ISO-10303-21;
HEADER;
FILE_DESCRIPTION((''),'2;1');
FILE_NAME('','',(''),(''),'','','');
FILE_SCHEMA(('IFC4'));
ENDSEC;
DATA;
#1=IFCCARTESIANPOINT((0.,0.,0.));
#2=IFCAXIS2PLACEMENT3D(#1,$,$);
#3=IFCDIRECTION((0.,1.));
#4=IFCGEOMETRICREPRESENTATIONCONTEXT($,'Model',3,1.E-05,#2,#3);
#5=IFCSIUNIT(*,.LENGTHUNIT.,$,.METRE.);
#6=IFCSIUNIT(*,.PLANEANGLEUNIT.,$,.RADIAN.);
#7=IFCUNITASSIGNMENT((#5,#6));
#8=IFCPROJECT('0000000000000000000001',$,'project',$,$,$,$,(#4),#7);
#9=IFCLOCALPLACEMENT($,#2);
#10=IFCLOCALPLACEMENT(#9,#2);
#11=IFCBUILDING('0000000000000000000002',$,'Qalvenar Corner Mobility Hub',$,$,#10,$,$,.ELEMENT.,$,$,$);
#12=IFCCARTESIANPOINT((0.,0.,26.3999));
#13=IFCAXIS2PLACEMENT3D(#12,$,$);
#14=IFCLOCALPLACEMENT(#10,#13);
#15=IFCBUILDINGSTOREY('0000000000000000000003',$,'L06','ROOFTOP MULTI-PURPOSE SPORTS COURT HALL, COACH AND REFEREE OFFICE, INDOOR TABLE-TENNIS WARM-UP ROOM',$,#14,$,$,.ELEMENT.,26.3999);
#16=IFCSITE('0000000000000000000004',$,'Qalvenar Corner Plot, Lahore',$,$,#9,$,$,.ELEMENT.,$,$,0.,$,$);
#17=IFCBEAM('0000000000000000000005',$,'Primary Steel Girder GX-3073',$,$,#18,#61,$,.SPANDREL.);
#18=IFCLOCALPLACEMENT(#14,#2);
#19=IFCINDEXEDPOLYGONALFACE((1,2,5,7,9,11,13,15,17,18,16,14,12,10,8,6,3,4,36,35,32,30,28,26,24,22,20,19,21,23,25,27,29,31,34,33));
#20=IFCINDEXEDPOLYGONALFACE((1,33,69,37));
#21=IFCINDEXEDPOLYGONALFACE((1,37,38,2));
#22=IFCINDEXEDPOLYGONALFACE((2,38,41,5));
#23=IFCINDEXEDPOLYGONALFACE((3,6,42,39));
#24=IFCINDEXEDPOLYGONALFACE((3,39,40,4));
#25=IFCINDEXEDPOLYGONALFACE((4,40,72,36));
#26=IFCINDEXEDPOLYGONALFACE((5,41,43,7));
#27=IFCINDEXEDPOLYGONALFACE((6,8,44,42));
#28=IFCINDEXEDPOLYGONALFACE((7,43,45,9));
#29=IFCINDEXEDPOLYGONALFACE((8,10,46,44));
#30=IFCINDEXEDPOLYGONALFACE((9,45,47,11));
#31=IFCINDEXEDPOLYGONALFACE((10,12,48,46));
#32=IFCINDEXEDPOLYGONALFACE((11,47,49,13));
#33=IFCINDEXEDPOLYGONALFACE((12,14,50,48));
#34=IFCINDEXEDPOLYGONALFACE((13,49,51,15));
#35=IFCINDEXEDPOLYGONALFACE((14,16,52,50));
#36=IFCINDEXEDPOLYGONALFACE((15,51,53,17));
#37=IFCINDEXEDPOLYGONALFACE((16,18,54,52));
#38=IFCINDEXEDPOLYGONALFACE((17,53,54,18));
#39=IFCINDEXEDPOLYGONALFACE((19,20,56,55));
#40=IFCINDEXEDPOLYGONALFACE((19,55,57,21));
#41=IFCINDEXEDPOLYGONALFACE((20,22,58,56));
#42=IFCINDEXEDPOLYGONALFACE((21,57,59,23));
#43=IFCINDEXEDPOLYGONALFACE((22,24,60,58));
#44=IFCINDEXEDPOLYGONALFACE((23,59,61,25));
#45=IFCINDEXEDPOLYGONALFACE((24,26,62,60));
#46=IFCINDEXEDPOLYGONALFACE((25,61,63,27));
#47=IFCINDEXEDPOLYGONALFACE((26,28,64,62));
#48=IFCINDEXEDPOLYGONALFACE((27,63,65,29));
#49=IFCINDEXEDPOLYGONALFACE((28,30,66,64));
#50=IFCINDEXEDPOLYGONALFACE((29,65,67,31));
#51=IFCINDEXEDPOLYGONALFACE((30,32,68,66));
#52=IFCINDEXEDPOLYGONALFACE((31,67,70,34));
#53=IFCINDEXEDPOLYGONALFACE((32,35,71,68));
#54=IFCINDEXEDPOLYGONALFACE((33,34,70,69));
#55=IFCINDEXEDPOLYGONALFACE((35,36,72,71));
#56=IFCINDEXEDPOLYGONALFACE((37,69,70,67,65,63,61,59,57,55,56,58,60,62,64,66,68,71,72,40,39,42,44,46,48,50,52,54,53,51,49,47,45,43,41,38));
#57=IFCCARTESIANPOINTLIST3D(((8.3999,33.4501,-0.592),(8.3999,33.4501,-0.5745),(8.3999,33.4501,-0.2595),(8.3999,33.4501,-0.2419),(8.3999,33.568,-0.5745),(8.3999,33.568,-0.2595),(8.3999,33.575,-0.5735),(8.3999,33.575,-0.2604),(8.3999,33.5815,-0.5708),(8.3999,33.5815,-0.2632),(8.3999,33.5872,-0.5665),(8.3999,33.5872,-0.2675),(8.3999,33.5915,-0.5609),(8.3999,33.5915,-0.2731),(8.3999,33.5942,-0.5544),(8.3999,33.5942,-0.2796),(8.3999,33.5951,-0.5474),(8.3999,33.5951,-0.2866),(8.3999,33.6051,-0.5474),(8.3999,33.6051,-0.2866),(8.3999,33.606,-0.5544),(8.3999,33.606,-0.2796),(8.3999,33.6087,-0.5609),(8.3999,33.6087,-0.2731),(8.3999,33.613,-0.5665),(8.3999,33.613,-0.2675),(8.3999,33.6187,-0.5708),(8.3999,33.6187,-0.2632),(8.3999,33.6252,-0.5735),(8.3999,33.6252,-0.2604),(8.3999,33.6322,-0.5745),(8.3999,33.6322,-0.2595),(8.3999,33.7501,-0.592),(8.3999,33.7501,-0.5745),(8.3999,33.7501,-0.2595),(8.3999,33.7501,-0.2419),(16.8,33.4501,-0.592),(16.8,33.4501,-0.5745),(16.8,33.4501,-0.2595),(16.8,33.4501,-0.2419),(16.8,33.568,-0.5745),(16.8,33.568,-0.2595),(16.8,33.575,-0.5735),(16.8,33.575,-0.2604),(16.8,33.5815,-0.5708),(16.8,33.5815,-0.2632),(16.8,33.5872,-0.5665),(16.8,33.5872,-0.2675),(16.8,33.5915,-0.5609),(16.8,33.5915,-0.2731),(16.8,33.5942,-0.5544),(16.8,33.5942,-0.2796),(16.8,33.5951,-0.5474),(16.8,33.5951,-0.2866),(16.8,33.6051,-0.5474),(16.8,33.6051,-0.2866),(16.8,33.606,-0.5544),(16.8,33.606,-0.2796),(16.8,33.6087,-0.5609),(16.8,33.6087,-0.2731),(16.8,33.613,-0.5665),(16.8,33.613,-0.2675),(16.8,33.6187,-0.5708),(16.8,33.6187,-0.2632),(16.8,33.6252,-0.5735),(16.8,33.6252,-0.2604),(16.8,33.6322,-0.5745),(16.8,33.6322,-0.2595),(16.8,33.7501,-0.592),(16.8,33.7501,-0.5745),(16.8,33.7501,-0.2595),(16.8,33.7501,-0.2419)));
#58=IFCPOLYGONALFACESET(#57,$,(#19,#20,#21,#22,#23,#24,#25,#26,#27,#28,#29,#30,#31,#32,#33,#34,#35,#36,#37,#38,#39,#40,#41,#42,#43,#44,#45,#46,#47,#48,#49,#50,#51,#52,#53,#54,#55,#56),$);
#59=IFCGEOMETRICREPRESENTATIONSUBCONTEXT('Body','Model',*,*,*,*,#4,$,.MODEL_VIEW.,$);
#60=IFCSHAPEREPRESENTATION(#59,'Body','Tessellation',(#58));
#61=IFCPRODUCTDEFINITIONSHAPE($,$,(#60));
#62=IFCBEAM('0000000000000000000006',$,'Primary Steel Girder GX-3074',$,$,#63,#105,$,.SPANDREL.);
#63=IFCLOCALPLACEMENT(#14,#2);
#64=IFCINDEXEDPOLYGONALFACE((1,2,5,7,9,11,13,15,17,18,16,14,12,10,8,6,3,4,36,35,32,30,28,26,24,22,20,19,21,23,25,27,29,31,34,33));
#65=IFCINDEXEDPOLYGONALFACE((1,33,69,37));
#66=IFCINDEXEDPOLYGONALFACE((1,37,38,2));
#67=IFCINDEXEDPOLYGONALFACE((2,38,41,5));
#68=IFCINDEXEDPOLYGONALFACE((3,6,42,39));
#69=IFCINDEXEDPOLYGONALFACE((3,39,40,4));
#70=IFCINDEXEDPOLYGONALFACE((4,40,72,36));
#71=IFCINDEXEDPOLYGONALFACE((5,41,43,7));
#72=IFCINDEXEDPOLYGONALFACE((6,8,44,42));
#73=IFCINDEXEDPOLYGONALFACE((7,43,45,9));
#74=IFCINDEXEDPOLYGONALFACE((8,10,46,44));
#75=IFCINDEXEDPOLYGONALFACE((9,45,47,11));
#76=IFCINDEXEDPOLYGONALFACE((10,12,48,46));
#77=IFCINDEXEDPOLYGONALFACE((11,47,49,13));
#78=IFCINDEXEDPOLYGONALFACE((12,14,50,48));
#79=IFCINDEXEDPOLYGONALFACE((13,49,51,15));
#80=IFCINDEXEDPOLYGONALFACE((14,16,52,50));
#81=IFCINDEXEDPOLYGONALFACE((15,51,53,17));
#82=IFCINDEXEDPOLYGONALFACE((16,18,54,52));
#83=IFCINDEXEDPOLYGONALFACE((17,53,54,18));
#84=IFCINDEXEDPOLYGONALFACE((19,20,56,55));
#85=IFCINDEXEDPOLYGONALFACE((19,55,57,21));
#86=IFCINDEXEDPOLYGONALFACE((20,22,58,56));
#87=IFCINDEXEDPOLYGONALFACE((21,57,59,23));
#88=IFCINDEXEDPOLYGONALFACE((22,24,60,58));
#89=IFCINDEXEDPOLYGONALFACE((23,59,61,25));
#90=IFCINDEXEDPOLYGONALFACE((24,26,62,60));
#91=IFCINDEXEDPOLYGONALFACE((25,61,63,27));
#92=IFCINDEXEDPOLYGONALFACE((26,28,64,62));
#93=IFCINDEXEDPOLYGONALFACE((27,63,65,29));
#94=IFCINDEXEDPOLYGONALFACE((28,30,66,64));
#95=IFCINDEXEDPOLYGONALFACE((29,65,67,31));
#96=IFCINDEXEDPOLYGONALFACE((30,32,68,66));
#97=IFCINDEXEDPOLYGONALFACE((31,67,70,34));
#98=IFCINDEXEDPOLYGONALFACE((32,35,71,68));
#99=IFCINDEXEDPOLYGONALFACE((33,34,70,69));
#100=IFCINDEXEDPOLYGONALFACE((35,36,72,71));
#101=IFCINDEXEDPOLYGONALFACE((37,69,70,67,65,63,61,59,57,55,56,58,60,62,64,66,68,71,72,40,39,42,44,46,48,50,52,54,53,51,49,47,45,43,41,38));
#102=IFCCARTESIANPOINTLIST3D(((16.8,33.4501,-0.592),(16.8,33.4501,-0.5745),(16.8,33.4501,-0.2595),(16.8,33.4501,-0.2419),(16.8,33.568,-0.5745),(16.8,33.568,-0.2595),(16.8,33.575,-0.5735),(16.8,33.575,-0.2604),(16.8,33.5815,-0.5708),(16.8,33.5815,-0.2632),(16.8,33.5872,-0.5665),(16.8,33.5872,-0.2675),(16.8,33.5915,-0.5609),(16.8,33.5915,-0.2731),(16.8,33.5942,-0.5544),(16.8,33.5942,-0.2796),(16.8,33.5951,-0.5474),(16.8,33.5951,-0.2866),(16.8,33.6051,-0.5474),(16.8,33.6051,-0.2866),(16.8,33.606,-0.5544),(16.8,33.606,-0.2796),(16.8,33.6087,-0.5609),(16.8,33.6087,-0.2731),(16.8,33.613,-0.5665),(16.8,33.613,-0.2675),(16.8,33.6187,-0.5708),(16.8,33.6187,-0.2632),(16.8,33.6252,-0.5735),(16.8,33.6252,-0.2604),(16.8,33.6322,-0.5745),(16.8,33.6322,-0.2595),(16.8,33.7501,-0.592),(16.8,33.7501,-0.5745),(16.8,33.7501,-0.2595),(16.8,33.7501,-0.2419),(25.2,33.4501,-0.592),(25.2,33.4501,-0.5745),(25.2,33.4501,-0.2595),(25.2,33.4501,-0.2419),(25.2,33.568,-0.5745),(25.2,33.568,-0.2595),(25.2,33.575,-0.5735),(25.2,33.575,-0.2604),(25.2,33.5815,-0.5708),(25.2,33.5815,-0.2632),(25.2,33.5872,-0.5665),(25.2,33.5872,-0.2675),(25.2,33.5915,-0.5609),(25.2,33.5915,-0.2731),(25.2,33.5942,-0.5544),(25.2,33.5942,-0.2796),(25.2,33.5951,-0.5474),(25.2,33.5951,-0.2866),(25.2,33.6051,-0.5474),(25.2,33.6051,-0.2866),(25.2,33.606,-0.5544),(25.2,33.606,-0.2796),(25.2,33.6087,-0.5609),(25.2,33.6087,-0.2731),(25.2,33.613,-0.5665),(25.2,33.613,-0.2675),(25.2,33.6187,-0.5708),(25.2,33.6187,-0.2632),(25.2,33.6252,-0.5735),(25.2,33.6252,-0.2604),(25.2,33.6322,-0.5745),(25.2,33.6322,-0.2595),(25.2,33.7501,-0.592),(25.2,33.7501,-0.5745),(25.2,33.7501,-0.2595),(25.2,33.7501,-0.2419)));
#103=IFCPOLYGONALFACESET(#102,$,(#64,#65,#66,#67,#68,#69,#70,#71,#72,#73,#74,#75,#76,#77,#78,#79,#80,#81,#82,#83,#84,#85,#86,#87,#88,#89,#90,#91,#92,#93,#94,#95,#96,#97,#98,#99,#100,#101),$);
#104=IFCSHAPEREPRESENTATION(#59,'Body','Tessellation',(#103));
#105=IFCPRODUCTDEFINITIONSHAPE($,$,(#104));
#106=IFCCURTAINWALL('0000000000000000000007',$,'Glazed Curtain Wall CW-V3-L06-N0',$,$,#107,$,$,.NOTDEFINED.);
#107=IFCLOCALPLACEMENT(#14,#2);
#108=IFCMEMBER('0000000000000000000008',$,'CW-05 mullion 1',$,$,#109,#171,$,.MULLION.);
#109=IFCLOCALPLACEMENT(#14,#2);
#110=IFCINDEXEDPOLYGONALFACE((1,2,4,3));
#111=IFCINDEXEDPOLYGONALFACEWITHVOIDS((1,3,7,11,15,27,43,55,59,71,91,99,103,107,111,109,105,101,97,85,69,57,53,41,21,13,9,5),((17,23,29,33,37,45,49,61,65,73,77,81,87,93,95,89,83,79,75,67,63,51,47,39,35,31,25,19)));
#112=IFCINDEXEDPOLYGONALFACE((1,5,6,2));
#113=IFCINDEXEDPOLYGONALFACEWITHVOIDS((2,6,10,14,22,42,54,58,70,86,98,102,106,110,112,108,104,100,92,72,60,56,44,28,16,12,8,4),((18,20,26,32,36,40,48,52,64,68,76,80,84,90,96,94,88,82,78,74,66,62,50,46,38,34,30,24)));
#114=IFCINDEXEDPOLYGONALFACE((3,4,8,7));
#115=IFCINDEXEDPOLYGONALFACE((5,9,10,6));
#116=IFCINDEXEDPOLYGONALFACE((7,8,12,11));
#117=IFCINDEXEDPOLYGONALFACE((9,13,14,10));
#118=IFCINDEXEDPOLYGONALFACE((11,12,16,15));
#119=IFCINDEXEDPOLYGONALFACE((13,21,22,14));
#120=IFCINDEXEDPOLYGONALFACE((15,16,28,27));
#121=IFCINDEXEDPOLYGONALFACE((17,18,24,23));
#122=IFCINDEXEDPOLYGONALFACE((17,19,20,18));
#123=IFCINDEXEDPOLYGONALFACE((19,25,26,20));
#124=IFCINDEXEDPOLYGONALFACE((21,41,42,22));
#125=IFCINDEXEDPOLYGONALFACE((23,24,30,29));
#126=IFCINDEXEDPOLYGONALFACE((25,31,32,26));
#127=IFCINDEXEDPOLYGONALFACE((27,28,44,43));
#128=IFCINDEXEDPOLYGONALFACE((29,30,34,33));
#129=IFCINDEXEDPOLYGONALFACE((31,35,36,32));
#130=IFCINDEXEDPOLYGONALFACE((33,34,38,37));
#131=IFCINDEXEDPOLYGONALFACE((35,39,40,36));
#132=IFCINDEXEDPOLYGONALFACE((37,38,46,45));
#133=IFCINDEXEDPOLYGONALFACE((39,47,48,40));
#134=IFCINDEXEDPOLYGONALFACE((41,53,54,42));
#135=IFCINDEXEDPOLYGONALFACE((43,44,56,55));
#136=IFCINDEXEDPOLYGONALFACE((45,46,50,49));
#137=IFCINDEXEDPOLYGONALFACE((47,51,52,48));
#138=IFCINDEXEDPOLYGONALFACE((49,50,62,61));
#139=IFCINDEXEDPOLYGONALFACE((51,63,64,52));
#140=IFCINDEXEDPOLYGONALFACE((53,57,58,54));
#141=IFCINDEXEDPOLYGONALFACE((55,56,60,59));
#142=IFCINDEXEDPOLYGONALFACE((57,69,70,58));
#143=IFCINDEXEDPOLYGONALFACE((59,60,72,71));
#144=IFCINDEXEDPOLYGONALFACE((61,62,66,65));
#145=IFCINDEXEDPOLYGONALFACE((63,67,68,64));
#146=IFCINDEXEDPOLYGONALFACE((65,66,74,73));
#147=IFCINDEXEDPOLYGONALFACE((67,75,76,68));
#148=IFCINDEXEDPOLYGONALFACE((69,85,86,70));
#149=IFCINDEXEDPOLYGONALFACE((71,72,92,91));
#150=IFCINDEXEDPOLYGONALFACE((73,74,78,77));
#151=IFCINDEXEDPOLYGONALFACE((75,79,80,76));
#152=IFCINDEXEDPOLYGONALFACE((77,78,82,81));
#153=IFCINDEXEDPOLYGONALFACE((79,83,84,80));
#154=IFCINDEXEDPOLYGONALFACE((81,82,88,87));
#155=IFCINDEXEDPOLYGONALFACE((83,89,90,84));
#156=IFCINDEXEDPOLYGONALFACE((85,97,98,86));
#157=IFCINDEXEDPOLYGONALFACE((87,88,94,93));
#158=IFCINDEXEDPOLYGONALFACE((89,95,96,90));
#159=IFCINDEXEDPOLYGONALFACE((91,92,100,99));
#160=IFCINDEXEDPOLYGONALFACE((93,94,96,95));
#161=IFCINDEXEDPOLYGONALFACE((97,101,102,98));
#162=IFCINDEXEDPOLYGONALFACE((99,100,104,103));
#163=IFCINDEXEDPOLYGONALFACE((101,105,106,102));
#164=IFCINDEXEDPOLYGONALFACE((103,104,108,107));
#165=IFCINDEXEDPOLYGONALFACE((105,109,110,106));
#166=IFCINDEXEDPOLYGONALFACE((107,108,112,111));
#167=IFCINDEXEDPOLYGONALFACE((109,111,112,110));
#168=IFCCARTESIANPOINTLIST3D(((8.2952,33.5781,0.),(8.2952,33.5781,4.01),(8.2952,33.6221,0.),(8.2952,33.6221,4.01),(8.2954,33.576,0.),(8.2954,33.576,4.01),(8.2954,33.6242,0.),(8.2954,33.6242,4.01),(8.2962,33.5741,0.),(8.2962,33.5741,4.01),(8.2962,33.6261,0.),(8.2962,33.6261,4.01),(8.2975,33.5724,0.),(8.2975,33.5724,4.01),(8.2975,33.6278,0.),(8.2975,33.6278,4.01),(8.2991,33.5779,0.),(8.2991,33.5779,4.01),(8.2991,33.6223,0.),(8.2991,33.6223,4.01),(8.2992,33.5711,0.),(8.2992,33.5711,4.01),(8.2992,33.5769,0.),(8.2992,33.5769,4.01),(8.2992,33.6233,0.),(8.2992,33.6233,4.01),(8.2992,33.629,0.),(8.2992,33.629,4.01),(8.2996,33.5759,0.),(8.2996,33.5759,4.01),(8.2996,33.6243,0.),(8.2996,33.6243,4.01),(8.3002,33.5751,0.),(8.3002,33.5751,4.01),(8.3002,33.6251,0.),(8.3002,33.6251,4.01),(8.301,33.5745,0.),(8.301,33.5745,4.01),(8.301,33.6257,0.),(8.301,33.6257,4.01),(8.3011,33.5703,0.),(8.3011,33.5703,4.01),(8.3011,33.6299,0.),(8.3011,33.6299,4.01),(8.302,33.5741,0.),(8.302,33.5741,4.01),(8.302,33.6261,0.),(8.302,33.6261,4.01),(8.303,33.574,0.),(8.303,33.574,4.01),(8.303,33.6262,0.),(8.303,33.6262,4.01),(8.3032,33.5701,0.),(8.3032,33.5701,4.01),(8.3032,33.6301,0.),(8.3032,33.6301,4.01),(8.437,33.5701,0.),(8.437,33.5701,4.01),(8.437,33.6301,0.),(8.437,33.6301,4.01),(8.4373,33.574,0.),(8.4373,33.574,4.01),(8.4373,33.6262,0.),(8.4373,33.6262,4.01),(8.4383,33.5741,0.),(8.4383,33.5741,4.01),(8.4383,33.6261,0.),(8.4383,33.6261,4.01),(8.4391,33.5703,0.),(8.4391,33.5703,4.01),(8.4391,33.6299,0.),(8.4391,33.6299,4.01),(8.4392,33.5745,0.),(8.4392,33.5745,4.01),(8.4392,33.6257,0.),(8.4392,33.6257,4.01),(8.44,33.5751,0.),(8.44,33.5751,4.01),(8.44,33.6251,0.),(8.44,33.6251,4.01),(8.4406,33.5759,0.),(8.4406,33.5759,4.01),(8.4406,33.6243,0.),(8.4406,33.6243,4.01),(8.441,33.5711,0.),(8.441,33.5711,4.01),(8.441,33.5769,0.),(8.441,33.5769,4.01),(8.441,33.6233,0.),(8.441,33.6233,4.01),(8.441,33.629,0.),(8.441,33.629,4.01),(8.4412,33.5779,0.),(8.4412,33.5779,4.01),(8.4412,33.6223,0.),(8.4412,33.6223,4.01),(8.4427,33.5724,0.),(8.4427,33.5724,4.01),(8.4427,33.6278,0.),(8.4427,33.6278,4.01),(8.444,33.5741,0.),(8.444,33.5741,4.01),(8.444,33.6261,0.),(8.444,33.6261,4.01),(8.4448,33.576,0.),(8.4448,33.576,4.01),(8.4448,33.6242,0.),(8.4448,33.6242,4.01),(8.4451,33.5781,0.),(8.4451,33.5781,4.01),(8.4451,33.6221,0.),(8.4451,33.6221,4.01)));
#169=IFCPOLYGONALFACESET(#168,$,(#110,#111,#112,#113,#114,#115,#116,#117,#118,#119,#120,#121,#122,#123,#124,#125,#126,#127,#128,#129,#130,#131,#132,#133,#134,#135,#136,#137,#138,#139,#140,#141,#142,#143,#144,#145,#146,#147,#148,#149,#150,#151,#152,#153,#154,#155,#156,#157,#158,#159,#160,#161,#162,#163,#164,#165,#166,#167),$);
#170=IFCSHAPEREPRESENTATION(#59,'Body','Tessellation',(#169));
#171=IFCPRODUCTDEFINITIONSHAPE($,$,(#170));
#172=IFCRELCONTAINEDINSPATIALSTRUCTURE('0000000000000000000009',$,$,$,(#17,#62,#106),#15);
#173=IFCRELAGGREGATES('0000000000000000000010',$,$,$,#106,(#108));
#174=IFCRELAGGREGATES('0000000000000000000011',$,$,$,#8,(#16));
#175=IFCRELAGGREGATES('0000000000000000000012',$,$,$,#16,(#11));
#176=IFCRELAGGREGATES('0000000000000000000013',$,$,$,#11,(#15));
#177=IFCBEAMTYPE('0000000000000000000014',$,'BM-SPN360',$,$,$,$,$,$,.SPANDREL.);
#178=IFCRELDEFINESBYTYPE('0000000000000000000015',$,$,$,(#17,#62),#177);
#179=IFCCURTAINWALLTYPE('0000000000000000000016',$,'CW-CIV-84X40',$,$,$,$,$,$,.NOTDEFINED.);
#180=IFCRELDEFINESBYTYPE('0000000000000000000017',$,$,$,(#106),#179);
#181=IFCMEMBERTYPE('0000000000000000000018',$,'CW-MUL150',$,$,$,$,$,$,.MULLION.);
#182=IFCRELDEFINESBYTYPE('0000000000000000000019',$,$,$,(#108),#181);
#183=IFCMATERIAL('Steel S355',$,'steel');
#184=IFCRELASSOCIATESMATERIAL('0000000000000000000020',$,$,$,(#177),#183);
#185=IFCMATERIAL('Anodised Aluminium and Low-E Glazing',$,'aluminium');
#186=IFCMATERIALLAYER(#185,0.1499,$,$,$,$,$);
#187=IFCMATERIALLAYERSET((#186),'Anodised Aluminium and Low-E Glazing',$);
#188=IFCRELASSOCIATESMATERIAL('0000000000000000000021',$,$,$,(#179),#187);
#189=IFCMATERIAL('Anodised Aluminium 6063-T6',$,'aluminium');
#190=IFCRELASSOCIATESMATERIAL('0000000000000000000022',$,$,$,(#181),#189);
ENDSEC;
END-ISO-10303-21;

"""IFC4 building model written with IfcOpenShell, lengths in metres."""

from ifc_helpers import new_model, si_unit, direction, frame, origin, origin_2d, place, context, subcontext, project, spatial, hollow_rectangle, i_section, extrude, material, layer, layer_set, material_profile, profile_set, type_object, element, aggregate, save


model = new_model("IFC4")

# Units and contexts
model_context = context("Model", 3, precision=1e-05, world=origin(), true_north=direction((0.0, 1.0)))
body_context = subcontext(model_context, "Body", "Model", "MODEL_VIEW")
ifc_project = project(units=[si_unit("LENGTHUNIT", "METRE"), si_unit("PLANEANGLEUNIT", "RADIAN")], contexts=[model_context])

# Site, building, storey
site_placement = place(None, origin())
site = spatial("IfcSite", under=ifc_project, at=site_placement, Name="Qalvenar Corner Plot, Lahore", CompositionType="ELEMENT", RefElevation=0.0)
building_placement = place(site_placement, origin())
building = spatial("IfcBuilding", under=site, at=building_placement, Name="Qalvenar Corner Mobility Hub", CompositionType="ELEMENT")
storey_placement = place(building_placement, frame((0.0, 0.0, 26.3999)))
storey = spatial("IfcBuildingStorey", under=building, at=storey_placement, Name="L06", Description="ROOFTOP MULTI-PURPOSE SPORTS COURT HALL, COACH AND REFEREE OFFICE, INDOOR TABLE-TENNIS WARM-UP ROOM", CompositionType="ELEMENT", Elevation=26.3999)

# Shared definitions
ifc_material_1 = material(Name="Steel S355", Category="steel")

# Beams
ifc_material_profile_1 = material_profile(ifc_material_1, i_section(OverallWidth=0.3, OverallDepth=0.3501, WebThickness=0.01, FlangeThickness=0.0176, FilletRadius=0.0271, at=origin_2d()), Name="HEA360")
ifc_profile_set_1 = profile_set([ifc_material_profile_1], Name="Steel S355")
beam_type_1 = type_object("IfcBeamType", Name="BM-SPN360", PredefinedType="SPANDREL", material=ifc_profile_set_1)
beam_1_placement = place(storey_placement, frame((8.3999, 33.6001, -0.417), z_axis=(1.0, 0.0, 0.0), x_axis=(0.0, 1.0, 0.0)))
element("IfcBeam", 1, at=beam_1_placement, inside=storey, type_object=beam_type_1, Name="Primary Steel Girder GX-3073", PredefinedType="SPANDREL", context=body_context, shape_type="SweptSolid", body=[
    extrude(i_section(OverallWidth=0.3, OverallDepth=0.3501, WebThickness=0.01, FlangeThickness=0.0176, FilletRadius=0.0271, at=origin_2d()), origin(), (0.0, 0.0, 1.0), 8.4001),
])
beam_2_placement = place(storey_placement, frame((16.8, 33.6001, -0.417), z_axis=(1.0, 0.0, 0.0), x_axis=(0.0, 1.0, 0.0)))
element("IfcBeam", 2, at=beam_2_placement, inside=storey, type_object=beam_type_1, Name="Primary Steel Girder GX-3074", PredefinedType="SPANDREL", context=body_context, shape_type="SweptSolid", body=[
    extrude(i_section(OverallWidth=0.3, OverallDepth=0.3501, WebThickness=0.01, FlangeThickness=0.0176, FilletRadius=0.0271, at=origin_2d()), origin(), (0.0, 0.0, 1.0), 8.3999),
])

# Curtain wall, member
ifc_material_2 = material(Name="Anodised Aluminium and Low-E Glazing", Category="aluminium")
ifc_layer_1 = layer(ifc_material_2, 0.1499)
ifc_layer_set_1 = layer_set([ifc_layer_1], Name="Anodised Aluminium and Low-E Glazing")
curtain_wall_type = type_object("IfcCurtainWallType", Name="CW-CIV-84X40", PredefinedType="NOTDEFINED", material=ifc_layer_set_1)
curtain_wall_placement = place(storey_placement, origin())
curtain_wall = element("IfcCurtainWall", 3, at=curtain_wall_placement, inside=storey, type_object=curtain_wall_type, Name="Glazed Curtain Wall CW-V3-L06-N0", PredefinedType="NOTDEFINED")
ifc_material_3 = material(Name="Anodised Aluminium 6063-T6", Category="aluminium")
ifc_material_profile_2 = material_profile(ifc_material_3, hollow_rectangle(XDim=0.0601, YDim=0.1499, WallThickness=0.0039, InnerFilletRadius=0.0039, OuterFilletRadius=0.0081, at=origin_2d()), Name="RHS150x60x4")
ifc_profile_set_2 = profile_set([ifc_material_profile_2], Name="Anodised Aluminium 6063-T6")
member_type_1 = type_object("IfcMemberType", Name="CW-MUL150", PredefinedType="MULLION", material=ifc_profile_set_2)
member_1_placement = place(storey_placement, frame((8.3701, 33.6001, 0.0), z_axis=(0.0, 0.0, 1.0), x_axis=(0.0, -1.0, 0.0)))
member_1 = element("IfcMember", 4, at=member_1_placement, type_object=member_type_1, Name="CW-05 mullion 1", PredefinedType="MULLION", context=body_context, shape_type="SweptSolid", body=[
    extrude(hollow_rectangle(XDim=0.0601, YDim=0.1499, WallThickness=0.0039, InnerFilletRadius=0.0039, OuterFilletRadius=0.0081, at=origin_2d()), origin(), (0.0, 0.0, 1.0), 4.01),
])

aggregate(curtain_wall, [member_1])

save(model, "model.ifc")
